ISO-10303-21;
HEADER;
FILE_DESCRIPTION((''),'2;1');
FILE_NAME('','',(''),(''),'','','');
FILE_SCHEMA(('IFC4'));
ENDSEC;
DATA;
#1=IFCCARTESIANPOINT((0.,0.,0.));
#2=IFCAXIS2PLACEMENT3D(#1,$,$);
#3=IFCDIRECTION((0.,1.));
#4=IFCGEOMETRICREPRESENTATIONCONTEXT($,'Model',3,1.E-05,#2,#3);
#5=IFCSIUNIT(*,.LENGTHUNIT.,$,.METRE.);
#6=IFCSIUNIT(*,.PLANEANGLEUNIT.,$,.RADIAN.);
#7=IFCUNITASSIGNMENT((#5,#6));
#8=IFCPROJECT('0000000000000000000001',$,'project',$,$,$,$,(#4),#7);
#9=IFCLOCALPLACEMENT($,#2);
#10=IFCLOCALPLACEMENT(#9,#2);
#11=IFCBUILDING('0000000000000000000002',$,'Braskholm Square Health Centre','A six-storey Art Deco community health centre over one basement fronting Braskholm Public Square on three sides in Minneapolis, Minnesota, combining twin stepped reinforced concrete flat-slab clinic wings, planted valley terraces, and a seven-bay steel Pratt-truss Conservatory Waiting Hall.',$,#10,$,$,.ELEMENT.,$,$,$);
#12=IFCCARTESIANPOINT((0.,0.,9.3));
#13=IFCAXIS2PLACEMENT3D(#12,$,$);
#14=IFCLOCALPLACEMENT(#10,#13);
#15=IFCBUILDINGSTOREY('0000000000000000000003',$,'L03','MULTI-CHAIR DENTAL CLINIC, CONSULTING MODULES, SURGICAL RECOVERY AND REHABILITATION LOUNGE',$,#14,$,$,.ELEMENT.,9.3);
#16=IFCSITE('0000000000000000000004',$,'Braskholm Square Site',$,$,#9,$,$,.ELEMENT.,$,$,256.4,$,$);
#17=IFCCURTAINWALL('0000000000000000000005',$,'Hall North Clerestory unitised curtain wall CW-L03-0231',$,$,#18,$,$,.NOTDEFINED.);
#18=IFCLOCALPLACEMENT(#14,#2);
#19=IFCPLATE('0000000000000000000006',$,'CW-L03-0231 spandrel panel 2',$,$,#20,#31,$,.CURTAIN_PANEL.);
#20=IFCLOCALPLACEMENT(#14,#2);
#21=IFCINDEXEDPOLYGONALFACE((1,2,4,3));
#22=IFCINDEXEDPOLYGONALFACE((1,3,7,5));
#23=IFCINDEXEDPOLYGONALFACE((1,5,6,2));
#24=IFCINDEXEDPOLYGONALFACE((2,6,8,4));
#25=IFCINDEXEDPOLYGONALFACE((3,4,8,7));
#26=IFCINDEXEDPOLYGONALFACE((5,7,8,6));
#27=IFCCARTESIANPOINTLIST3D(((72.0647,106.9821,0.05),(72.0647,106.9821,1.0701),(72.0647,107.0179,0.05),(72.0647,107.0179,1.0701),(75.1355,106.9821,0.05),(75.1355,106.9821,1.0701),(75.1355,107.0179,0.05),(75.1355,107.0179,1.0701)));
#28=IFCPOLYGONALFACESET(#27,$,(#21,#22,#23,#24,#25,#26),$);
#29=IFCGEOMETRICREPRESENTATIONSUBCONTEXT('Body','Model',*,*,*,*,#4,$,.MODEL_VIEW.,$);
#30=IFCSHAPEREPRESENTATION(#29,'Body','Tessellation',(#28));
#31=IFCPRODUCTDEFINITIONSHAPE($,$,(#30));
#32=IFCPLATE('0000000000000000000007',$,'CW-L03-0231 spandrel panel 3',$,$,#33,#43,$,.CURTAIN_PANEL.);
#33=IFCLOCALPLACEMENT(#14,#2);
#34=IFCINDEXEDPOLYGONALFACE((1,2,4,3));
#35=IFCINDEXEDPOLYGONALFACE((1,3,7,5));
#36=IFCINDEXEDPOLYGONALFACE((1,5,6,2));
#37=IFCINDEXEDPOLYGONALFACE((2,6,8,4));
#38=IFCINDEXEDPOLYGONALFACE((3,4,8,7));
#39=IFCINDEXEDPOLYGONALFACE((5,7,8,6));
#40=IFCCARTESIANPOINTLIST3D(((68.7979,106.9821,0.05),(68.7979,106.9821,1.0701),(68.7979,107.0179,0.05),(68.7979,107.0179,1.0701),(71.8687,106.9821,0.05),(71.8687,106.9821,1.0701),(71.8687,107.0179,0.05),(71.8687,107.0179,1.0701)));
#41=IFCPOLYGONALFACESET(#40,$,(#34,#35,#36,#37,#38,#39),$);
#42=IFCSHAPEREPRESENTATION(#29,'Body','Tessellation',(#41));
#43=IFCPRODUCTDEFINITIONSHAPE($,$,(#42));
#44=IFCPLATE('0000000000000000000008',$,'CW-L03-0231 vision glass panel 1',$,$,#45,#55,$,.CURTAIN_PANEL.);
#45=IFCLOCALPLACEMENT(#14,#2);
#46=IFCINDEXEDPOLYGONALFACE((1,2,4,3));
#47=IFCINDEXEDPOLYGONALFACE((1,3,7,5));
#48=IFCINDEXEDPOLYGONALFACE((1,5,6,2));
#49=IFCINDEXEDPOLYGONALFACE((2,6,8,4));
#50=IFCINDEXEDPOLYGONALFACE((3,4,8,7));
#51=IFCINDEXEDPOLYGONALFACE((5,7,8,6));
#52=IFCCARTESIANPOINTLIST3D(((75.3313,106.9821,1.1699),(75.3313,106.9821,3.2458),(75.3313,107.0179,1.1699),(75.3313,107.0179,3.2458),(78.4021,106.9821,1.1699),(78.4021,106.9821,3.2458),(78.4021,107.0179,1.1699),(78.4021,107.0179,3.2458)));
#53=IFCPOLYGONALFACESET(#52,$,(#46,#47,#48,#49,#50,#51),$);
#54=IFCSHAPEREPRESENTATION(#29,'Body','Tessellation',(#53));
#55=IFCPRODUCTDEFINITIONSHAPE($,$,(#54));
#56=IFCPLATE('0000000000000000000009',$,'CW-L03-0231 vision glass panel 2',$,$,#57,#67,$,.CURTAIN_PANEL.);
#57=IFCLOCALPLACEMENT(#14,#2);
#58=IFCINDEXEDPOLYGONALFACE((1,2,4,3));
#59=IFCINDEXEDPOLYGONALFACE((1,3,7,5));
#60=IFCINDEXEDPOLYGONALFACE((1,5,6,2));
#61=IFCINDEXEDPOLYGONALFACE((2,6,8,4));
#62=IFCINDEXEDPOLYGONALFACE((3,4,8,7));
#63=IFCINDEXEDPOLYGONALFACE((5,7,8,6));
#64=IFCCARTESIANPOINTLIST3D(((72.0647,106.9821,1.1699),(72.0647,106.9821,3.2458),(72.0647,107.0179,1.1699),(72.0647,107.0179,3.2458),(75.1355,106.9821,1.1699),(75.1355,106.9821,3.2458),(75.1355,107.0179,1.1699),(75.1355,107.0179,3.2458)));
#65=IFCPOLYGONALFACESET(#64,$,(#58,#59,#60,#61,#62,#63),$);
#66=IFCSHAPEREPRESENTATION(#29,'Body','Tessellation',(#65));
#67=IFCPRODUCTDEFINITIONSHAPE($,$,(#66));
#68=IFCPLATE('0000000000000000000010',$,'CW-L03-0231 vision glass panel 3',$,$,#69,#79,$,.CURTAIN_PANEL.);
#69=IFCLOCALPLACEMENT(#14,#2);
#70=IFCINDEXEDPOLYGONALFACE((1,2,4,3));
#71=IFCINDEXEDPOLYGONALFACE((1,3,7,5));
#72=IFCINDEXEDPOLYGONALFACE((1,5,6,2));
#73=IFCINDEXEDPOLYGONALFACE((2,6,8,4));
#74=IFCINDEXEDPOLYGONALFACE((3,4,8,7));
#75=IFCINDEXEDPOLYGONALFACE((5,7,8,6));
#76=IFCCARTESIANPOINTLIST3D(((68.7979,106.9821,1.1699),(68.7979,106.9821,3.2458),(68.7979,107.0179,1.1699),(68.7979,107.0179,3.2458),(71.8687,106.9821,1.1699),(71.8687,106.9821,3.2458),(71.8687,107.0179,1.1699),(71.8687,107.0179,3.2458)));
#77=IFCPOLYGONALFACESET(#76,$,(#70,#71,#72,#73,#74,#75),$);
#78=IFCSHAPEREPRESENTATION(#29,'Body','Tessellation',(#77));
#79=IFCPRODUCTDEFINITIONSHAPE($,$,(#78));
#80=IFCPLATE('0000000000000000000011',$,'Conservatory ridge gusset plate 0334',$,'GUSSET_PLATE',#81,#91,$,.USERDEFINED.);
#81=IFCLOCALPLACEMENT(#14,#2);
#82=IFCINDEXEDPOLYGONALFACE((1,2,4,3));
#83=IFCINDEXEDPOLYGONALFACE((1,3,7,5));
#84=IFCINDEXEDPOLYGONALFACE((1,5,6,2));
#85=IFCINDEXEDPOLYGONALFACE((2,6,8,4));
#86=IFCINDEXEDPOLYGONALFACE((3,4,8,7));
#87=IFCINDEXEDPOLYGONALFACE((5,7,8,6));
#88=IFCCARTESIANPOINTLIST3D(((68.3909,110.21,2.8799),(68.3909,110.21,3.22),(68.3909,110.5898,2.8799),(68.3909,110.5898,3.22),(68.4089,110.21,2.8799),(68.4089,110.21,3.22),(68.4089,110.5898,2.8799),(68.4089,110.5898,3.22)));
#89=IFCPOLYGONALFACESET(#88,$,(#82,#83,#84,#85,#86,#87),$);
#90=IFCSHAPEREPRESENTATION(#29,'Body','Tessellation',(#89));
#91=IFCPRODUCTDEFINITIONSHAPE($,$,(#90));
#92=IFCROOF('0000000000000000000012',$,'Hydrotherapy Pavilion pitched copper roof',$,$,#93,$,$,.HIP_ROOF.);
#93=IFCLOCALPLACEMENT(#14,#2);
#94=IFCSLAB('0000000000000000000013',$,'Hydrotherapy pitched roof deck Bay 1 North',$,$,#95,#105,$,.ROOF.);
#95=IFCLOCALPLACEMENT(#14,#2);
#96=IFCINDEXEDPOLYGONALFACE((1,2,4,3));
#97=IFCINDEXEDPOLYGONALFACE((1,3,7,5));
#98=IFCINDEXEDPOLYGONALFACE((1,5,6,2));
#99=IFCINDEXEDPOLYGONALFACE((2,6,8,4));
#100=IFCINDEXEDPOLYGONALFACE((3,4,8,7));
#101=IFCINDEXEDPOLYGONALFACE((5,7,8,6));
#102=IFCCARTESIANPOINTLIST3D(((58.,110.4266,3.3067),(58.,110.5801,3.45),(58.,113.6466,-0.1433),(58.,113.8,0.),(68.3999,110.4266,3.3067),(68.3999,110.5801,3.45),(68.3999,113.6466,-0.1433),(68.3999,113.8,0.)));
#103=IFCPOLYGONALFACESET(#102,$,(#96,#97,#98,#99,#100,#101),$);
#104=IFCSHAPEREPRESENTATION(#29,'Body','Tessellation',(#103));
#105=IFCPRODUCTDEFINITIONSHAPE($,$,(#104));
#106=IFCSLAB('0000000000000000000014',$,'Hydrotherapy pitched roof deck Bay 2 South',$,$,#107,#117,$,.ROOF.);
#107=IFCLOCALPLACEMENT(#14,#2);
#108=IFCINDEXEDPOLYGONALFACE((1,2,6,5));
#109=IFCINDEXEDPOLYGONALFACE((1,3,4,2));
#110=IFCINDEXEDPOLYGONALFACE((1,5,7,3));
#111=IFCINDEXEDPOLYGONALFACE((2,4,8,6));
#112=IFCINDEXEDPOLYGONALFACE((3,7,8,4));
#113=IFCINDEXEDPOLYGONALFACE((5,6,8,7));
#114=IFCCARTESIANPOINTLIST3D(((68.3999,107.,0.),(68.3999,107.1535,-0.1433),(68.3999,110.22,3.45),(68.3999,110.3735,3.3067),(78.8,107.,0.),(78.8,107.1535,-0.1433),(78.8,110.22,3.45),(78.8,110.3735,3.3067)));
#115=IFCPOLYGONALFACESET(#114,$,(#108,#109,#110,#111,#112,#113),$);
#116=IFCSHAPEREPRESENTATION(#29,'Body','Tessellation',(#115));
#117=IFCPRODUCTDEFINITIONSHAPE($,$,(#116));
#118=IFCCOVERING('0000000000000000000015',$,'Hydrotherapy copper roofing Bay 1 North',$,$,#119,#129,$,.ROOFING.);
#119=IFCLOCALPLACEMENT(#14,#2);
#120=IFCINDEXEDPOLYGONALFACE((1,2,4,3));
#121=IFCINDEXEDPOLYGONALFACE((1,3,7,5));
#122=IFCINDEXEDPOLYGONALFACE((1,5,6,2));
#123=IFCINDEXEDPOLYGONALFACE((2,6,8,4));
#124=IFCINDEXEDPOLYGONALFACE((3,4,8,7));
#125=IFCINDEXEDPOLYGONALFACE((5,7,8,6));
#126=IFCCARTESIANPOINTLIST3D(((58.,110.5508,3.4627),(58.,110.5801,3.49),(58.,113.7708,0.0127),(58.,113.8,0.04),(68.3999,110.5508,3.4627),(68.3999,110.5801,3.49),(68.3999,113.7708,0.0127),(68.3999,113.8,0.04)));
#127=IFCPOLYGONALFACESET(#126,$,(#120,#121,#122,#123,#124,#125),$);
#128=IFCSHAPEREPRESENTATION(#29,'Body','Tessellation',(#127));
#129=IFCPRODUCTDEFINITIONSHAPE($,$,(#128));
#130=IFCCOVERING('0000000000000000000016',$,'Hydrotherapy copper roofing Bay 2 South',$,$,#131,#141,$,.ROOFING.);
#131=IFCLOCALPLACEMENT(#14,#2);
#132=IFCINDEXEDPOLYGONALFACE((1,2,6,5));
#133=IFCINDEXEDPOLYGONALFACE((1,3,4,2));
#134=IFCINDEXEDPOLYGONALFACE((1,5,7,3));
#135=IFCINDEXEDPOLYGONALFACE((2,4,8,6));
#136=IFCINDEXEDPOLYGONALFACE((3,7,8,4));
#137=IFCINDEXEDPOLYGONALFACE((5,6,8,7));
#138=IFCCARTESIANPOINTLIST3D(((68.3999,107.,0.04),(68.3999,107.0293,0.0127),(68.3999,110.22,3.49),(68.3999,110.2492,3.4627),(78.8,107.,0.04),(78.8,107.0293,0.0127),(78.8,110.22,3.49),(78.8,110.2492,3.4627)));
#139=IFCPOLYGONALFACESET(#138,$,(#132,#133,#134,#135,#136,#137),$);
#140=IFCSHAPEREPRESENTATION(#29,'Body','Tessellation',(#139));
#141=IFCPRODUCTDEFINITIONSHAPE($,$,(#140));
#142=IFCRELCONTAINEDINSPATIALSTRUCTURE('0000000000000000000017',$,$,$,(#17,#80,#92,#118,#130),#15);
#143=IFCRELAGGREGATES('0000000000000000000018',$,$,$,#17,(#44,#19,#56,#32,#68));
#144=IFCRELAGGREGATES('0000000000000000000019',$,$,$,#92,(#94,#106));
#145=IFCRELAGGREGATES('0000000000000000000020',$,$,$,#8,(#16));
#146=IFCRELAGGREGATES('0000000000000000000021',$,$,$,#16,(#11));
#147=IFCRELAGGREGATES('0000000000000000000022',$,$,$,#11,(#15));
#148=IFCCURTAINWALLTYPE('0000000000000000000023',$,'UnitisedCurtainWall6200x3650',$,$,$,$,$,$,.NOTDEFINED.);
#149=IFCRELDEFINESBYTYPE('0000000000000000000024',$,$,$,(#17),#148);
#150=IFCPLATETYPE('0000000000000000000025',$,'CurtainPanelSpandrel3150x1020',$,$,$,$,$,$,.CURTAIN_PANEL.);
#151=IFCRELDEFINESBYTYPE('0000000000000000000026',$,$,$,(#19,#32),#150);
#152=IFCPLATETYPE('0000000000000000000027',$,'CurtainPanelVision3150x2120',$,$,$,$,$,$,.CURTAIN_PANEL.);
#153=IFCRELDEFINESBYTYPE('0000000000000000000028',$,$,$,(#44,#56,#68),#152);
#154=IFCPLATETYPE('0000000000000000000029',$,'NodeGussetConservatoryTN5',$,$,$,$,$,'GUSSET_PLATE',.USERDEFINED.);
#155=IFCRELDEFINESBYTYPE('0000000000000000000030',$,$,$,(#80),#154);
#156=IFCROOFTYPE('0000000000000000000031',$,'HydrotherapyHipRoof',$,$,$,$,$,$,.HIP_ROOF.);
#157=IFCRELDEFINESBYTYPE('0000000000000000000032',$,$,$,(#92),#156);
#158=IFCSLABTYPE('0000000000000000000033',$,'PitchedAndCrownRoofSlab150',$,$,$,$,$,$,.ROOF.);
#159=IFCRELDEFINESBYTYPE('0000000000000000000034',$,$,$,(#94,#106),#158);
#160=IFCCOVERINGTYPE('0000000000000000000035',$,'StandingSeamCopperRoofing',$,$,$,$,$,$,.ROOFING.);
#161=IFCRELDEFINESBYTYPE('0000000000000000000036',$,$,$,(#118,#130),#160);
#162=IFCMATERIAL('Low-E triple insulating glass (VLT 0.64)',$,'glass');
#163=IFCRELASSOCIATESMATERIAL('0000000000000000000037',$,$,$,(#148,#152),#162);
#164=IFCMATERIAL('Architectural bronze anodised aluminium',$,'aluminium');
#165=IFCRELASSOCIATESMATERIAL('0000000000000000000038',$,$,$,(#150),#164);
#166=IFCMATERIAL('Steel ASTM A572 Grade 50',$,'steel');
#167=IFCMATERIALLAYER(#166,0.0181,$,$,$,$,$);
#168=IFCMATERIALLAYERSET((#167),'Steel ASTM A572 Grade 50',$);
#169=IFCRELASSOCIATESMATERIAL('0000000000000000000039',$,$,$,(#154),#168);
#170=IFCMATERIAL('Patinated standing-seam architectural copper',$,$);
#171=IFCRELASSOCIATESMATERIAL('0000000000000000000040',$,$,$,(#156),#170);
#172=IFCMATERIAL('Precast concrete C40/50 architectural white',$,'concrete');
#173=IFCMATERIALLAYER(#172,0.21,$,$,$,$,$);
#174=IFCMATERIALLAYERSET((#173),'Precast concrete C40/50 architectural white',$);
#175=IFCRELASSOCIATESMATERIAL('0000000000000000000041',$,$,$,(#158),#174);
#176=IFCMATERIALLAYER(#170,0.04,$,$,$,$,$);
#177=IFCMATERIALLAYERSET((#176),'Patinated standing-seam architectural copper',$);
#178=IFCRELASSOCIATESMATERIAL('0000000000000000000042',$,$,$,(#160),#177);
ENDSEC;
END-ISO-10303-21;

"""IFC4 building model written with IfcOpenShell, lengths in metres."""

from ifc_helpers import new_model, si_unit, direction, frame, origin, origin_2d, place, context, subcontext, project, spatial, polyline, rectangle, outline, extrude, material, layer, layer_set, type_object, element, aggregate, save


model = new_model("IFC4")

# Units and contexts
model_context = context("Model", 3, precision=1e-05, world=origin(), true_north=direction((0.0, 1.0)))
body_context = subcontext(model_context, "Body", "Model", "MODEL_VIEW")
ifc_project = project(units=[si_unit("LENGTHUNIT", "METRE"), si_unit("PLANEANGLEUNIT", "RADIAN")], contexts=[model_context])

# Site, building, storey
site_placement = place(None, origin())
site = spatial("IfcSite", under=ifc_project, at=site_placement, Name="Braskholm Square Site", CompositionType="ELEMENT", RefElevation=256.4)
building_placement = place(site_placement, origin())
building = spatial("IfcBuilding", under=site, at=building_placement, Name="Braskholm Square Health Centre", Description="A six-storey Art Deco community health centre over one basement fronting Braskholm Public Square on three sides in Minneapolis, Minnesota, combining twin stepped reinforced concrete flat-slab clinic wings, planted valley terraces, and a seven-bay steel Pratt-truss Conservatory Waiting Hall.", CompositionType="ELEMENT")
storey_placement = place(building_placement, frame((0.0, 0.0, 9.3)))
storey = spatial("IfcBuildingStorey", under=building, at=storey_placement, Name="L03", Description="MULTI-CHAIR DENTAL CLINIC, CONSULTING MODULES, SURGICAL RECOVERY AND REHABILITATION LOUNGE", CompositionType="ELEMENT", Elevation=9.3)

# Curtain wall
ifc_material_1 = material(Name="Low-E triple insulating glass (VLT 0.64)", Category="glass")
curtain_wall_type = type_object("IfcCurtainWallType", Name="UnitisedCurtainWall6200x3650", PredefinedType="NOTDEFINED", material=ifc_material_1)
curtain_wall_1_placement = place(storey_placement, origin())
curtain_wall_1 = element("IfcCurtainWall", 1, at=curtain_wall_1_placement, inside=storey, type_object=curtain_wall_type, Name="Hall North Clerestory unitised curtain wall CW-L03-0231", PredefinedType="NOTDEFINED")
ifc_material_2 = material(Name="Architectural bronze anodised aluminium", Category="aluminium")

# Shared definitions
ifc_material_3 = material(Name="Steel ASTM A572 Grade 50", Category="steel")

# Plates
plate_type_1 = type_object("IfcPlateType", Name="CurtainPanelSpandrel3150x1020", PredefinedType="CURTAIN_PANEL", material=ifc_material_2)
plate_1_placement = place(storey_placement, frame((73.6001, 107.0, 0.05), z_axis=(0.0, 0.0, 1.0), x_axis=(-1.0, 0.0, 0.0)))
plate_1 = element("IfcPlate", 2, at=plate_1_placement, type_object=plate_type_1, Name="CW-L03-0231 spandrel panel 2", PredefinedType="CURTAIN_PANEL", context=body_context, shape_type="SweptSolid", body=[
    extrude(rectangle(XDim=3.0708, YDim=0.0359, at=origin_2d()), origin(), (0.0, 0.0, 1.0), 1.02),
])
plate_2_placement = place(storey_placement, frame((70.3333, 107.0, 0.05), z_axis=(0.0, 0.0, 1.0), x_axis=(-1.0, 0.0, 0.0)))
plate_2 = element("IfcPlate", 3, at=plate_2_placement, type_object=plate_type_1, Name="CW-L03-0231 spandrel panel 3", PredefinedType="CURTAIN_PANEL", context=body_context, shape_type="SweptSolid", body=[
    extrude(rectangle(XDim=3.0708, YDim=0.0359, at=origin_2d()), origin(), (0.0, 0.0, 1.0), 1.02),
])
plate_type_2 = type_object("IfcPlateType", Name="CurtainPanelVision3150x2120", PredefinedType="CURTAIN_PANEL", material=ifc_material_1)
plate_3_placement = place(storey_placement, frame((76.8667, 107.0, 1.1699), z_axis=(0.0, 0.0, 1.0), x_axis=(-1.0, 0.0, 0.0)))
plate_3 = element("IfcPlate", 4, at=plate_3_placement, type_object=plate_type_2, Name="CW-L03-0231 vision glass panel 1", PredefinedType="CURTAIN_PANEL", context=body_context, shape_type="SweptSolid", body=[
    extrude(rectangle(XDim=3.0708, YDim=0.0359, at=origin_2d()), origin(), (0.0, 0.0, 1.0), 2.0759),
])
plate_4_placement = place(storey_placement, frame((73.6001, 107.0, 1.1699), z_axis=(0.0, 0.0, 1.0), x_axis=(-1.0, 0.0, 0.0)))
plate_4 = element("IfcPlate", 5, at=plate_4_placement, type_object=plate_type_2, Name="CW-L03-0231 vision glass panel 2", PredefinedType="CURTAIN_PANEL", context=body_context, shape_type="SweptSolid", body=[
    extrude(rectangle(XDim=3.0708, YDim=0.0359, at=origin_2d()), origin(), (0.0, 0.0, 1.0), 2.0759),
])
plate_5_placement = place(storey_placement, frame((70.3333, 107.0, 1.1699), z_axis=(0.0, 0.0, 1.0), x_axis=(-1.0, 0.0, 0.0)))
plate_5 = element("IfcPlate", 6, at=plate_5_placement, type_object=plate_type_2, Name="CW-L03-0231 vision glass panel 3", PredefinedType="CURTAIN_PANEL", context=body_context, shape_type="SweptSolid", body=[
    extrude(rectangle(XDim=3.0708, YDim=0.0359, at=origin_2d()), origin(), (0.0, 0.0, 1.0), 2.0759),
])
aggregate(curtain_wall_1, [plate_3, plate_1, plate_4, plate_2, plate_5])
ifc_layer_1 = layer(ifc_material_3, 0.0181)
ifc_layer_set_1 = layer_set([ifc_layer_1], Name="Steel ASTM A572 Grade 50")
plate_type_3 = type_object("IfcPlateType", Name="NodeGussetConservatoryTN5", ElementType="GUSSET_PLATE", PredefinedType="USERDEFINED", material=ifc_layer_set_1)
plate_6_placement = place(storey_placement, frame((68.3999, 110.3999, 2.8799), z_axis=(0.0, 0.0, 1.0), x_axis=(1.0, 0.0, 0.0)))
element("IfcPlate", 7, at=plate_6_placement, inside=storey, type_object=plate_type_3, Name="Conservatory ridge gusset plate 0334", ObjectType="GUSSET_PLATE", PredefinedType="USERDEFINED", context=body_context, shape_type="SweptSolid", body=[
    extrude(rectangle(XDim=0.0181, YDim=0.3799, at=origin_2d()), origin(), (0.0, 0.0, 1.0), 0.3401),
])

# Roof, slabs
ifc_material_4 = material(Name="Patinated standing-seam architectural copper")
roof_type = type_object("IfcRoofType", Name="HydrotherapyHipRoof", PredefinedType="HIP_ROOF", material=ifc_material_4)
roof_placement = place(storey_placement, origin())
roof = element("IfcRoof", 8, at=roof_placement, inside=storey, type_object=roof_type, Name="Hydrotherapy Pavilion pitched copper roof", PredefinedType="HIP_ROOF")
ifc_material_5 = material(Name="Precast concrete C40/50 architectural white", Category="concrete")
ifc_layer_2 = layer(ifc_material_5, 0.21)
ifc_layer_set_2 = layer_set([ifc_layer_2], Name="Precast concrete C40/50 architectural white")
slab_type = type_object("IfcSlabType", Name="PitchedAndCrownRoofSlab150", PredefinedType="ROOF", material=ifc_layer_set_2)
slab_1_placement = place(storey_placement, frame((68.3999, 113.8, 0.0), z_axis=(0.0, 0.731054, 0.68232), x_axis=(-1.0, 0.0, 0.0)))
slab_1 = element("IfcSlab", 9, at=slab_1_placement, type_object=slab_type, Name="Hydrotherapy pitched roof deck Bay 1 North", PredefinedType="ROOF", context=body_context, shape_type="SweptSolid", body=[
    extrude(outline(polyline([(0.0, 0.0), (10.3999, 0.0), (10.3999, 4.7191), (0.0, 4.7191), (0.0, 0.0)])), origin(), (0.0, 0.0, -1.0), 0.21),
])
slab_2_placement = place(storey_placement, frame((68.3999, 107.0, 0.0), z_axis=(0.0, -0.731054, 0.68232), x_axis=(1.0, 0.0, 0.0)))
slab_2 = element("IfcSlab", 10, at=slab_2_placement, type_object=slab_type, Name="Hydrotherapy pitched roof deck Bay 2 South", PredefinedType="ROOF", context=body_context, shape_type="SweptSolid", body=[
    extrude(outline(polyline([(0.0, 0.0), (10.4001, 0.0), (10.4001, 4.7191), (0.0, 4.7191), (0.0, 0.0)])), origin(), (0.0, 0.0, -1.0), 0.21),
])
aggregate(roof, [slab_1, slab_2])

# Coverings
ifc_layer_3 = layer(ifc_material_4, 0.04)
ifc_layer_set_3 = layer_set([ifc_layer_3], Name="Patinated standing-seam architectural copper")
covering_type = type_object("IfcCoveringType", Name="StandingSeamCopperRoofing", PredefinedType="ROOFING", material=ifc_layer_set_3)
covering_1_placement = place(storey_placement, frame((68.3999, 113.8, 0.04), z_axis=(0.0, 0.731054, 0.68232), x_axis=(-1.0, 0.0, 0.0)))
element("IfcCovering", 11, at=covering_1_placement, inside=storey, type_object=covering_type, Name="Hydrotherapy copper roofing Bay 1 North", PredefinedType="ROOFING", context=body_context, shape_type="SweptSolid", body=[
    extrude(outline(polyline([(0.0, 0.0), (10.3999, 0.0), (10.3999, 4.7191), (0.0, 4.7191), (0.0, 0.0)])), origin(), (0.0, 0.0, -1.0), 0.04),
])
covering_2_placement = place(storey_placement, frame((68.3999, 107.0, 0.04), z_axis=(0.0, -0.731054, 0.68232), x_axis=(1.0, 0.0, 0.0)))
element("IfcCovering", 12, at=covering_2_placement, inside=storey, type_object=covering_type, Name="Hydrotherapy copper roofing Bay 2 South", PredefinedType="ROOFING", context=body_context, shape_type="SweptSolid", body=[
    extrude(outline(polyline([(0.0, 0.0), (10.4001, 0.0), (10.4001, 4.7191), (0.0, 4.7191), (0.0, 0.0)])), origin(), (0.0, 0.0, -1.0), 0.04),
])

save(model, "model.ifc")
